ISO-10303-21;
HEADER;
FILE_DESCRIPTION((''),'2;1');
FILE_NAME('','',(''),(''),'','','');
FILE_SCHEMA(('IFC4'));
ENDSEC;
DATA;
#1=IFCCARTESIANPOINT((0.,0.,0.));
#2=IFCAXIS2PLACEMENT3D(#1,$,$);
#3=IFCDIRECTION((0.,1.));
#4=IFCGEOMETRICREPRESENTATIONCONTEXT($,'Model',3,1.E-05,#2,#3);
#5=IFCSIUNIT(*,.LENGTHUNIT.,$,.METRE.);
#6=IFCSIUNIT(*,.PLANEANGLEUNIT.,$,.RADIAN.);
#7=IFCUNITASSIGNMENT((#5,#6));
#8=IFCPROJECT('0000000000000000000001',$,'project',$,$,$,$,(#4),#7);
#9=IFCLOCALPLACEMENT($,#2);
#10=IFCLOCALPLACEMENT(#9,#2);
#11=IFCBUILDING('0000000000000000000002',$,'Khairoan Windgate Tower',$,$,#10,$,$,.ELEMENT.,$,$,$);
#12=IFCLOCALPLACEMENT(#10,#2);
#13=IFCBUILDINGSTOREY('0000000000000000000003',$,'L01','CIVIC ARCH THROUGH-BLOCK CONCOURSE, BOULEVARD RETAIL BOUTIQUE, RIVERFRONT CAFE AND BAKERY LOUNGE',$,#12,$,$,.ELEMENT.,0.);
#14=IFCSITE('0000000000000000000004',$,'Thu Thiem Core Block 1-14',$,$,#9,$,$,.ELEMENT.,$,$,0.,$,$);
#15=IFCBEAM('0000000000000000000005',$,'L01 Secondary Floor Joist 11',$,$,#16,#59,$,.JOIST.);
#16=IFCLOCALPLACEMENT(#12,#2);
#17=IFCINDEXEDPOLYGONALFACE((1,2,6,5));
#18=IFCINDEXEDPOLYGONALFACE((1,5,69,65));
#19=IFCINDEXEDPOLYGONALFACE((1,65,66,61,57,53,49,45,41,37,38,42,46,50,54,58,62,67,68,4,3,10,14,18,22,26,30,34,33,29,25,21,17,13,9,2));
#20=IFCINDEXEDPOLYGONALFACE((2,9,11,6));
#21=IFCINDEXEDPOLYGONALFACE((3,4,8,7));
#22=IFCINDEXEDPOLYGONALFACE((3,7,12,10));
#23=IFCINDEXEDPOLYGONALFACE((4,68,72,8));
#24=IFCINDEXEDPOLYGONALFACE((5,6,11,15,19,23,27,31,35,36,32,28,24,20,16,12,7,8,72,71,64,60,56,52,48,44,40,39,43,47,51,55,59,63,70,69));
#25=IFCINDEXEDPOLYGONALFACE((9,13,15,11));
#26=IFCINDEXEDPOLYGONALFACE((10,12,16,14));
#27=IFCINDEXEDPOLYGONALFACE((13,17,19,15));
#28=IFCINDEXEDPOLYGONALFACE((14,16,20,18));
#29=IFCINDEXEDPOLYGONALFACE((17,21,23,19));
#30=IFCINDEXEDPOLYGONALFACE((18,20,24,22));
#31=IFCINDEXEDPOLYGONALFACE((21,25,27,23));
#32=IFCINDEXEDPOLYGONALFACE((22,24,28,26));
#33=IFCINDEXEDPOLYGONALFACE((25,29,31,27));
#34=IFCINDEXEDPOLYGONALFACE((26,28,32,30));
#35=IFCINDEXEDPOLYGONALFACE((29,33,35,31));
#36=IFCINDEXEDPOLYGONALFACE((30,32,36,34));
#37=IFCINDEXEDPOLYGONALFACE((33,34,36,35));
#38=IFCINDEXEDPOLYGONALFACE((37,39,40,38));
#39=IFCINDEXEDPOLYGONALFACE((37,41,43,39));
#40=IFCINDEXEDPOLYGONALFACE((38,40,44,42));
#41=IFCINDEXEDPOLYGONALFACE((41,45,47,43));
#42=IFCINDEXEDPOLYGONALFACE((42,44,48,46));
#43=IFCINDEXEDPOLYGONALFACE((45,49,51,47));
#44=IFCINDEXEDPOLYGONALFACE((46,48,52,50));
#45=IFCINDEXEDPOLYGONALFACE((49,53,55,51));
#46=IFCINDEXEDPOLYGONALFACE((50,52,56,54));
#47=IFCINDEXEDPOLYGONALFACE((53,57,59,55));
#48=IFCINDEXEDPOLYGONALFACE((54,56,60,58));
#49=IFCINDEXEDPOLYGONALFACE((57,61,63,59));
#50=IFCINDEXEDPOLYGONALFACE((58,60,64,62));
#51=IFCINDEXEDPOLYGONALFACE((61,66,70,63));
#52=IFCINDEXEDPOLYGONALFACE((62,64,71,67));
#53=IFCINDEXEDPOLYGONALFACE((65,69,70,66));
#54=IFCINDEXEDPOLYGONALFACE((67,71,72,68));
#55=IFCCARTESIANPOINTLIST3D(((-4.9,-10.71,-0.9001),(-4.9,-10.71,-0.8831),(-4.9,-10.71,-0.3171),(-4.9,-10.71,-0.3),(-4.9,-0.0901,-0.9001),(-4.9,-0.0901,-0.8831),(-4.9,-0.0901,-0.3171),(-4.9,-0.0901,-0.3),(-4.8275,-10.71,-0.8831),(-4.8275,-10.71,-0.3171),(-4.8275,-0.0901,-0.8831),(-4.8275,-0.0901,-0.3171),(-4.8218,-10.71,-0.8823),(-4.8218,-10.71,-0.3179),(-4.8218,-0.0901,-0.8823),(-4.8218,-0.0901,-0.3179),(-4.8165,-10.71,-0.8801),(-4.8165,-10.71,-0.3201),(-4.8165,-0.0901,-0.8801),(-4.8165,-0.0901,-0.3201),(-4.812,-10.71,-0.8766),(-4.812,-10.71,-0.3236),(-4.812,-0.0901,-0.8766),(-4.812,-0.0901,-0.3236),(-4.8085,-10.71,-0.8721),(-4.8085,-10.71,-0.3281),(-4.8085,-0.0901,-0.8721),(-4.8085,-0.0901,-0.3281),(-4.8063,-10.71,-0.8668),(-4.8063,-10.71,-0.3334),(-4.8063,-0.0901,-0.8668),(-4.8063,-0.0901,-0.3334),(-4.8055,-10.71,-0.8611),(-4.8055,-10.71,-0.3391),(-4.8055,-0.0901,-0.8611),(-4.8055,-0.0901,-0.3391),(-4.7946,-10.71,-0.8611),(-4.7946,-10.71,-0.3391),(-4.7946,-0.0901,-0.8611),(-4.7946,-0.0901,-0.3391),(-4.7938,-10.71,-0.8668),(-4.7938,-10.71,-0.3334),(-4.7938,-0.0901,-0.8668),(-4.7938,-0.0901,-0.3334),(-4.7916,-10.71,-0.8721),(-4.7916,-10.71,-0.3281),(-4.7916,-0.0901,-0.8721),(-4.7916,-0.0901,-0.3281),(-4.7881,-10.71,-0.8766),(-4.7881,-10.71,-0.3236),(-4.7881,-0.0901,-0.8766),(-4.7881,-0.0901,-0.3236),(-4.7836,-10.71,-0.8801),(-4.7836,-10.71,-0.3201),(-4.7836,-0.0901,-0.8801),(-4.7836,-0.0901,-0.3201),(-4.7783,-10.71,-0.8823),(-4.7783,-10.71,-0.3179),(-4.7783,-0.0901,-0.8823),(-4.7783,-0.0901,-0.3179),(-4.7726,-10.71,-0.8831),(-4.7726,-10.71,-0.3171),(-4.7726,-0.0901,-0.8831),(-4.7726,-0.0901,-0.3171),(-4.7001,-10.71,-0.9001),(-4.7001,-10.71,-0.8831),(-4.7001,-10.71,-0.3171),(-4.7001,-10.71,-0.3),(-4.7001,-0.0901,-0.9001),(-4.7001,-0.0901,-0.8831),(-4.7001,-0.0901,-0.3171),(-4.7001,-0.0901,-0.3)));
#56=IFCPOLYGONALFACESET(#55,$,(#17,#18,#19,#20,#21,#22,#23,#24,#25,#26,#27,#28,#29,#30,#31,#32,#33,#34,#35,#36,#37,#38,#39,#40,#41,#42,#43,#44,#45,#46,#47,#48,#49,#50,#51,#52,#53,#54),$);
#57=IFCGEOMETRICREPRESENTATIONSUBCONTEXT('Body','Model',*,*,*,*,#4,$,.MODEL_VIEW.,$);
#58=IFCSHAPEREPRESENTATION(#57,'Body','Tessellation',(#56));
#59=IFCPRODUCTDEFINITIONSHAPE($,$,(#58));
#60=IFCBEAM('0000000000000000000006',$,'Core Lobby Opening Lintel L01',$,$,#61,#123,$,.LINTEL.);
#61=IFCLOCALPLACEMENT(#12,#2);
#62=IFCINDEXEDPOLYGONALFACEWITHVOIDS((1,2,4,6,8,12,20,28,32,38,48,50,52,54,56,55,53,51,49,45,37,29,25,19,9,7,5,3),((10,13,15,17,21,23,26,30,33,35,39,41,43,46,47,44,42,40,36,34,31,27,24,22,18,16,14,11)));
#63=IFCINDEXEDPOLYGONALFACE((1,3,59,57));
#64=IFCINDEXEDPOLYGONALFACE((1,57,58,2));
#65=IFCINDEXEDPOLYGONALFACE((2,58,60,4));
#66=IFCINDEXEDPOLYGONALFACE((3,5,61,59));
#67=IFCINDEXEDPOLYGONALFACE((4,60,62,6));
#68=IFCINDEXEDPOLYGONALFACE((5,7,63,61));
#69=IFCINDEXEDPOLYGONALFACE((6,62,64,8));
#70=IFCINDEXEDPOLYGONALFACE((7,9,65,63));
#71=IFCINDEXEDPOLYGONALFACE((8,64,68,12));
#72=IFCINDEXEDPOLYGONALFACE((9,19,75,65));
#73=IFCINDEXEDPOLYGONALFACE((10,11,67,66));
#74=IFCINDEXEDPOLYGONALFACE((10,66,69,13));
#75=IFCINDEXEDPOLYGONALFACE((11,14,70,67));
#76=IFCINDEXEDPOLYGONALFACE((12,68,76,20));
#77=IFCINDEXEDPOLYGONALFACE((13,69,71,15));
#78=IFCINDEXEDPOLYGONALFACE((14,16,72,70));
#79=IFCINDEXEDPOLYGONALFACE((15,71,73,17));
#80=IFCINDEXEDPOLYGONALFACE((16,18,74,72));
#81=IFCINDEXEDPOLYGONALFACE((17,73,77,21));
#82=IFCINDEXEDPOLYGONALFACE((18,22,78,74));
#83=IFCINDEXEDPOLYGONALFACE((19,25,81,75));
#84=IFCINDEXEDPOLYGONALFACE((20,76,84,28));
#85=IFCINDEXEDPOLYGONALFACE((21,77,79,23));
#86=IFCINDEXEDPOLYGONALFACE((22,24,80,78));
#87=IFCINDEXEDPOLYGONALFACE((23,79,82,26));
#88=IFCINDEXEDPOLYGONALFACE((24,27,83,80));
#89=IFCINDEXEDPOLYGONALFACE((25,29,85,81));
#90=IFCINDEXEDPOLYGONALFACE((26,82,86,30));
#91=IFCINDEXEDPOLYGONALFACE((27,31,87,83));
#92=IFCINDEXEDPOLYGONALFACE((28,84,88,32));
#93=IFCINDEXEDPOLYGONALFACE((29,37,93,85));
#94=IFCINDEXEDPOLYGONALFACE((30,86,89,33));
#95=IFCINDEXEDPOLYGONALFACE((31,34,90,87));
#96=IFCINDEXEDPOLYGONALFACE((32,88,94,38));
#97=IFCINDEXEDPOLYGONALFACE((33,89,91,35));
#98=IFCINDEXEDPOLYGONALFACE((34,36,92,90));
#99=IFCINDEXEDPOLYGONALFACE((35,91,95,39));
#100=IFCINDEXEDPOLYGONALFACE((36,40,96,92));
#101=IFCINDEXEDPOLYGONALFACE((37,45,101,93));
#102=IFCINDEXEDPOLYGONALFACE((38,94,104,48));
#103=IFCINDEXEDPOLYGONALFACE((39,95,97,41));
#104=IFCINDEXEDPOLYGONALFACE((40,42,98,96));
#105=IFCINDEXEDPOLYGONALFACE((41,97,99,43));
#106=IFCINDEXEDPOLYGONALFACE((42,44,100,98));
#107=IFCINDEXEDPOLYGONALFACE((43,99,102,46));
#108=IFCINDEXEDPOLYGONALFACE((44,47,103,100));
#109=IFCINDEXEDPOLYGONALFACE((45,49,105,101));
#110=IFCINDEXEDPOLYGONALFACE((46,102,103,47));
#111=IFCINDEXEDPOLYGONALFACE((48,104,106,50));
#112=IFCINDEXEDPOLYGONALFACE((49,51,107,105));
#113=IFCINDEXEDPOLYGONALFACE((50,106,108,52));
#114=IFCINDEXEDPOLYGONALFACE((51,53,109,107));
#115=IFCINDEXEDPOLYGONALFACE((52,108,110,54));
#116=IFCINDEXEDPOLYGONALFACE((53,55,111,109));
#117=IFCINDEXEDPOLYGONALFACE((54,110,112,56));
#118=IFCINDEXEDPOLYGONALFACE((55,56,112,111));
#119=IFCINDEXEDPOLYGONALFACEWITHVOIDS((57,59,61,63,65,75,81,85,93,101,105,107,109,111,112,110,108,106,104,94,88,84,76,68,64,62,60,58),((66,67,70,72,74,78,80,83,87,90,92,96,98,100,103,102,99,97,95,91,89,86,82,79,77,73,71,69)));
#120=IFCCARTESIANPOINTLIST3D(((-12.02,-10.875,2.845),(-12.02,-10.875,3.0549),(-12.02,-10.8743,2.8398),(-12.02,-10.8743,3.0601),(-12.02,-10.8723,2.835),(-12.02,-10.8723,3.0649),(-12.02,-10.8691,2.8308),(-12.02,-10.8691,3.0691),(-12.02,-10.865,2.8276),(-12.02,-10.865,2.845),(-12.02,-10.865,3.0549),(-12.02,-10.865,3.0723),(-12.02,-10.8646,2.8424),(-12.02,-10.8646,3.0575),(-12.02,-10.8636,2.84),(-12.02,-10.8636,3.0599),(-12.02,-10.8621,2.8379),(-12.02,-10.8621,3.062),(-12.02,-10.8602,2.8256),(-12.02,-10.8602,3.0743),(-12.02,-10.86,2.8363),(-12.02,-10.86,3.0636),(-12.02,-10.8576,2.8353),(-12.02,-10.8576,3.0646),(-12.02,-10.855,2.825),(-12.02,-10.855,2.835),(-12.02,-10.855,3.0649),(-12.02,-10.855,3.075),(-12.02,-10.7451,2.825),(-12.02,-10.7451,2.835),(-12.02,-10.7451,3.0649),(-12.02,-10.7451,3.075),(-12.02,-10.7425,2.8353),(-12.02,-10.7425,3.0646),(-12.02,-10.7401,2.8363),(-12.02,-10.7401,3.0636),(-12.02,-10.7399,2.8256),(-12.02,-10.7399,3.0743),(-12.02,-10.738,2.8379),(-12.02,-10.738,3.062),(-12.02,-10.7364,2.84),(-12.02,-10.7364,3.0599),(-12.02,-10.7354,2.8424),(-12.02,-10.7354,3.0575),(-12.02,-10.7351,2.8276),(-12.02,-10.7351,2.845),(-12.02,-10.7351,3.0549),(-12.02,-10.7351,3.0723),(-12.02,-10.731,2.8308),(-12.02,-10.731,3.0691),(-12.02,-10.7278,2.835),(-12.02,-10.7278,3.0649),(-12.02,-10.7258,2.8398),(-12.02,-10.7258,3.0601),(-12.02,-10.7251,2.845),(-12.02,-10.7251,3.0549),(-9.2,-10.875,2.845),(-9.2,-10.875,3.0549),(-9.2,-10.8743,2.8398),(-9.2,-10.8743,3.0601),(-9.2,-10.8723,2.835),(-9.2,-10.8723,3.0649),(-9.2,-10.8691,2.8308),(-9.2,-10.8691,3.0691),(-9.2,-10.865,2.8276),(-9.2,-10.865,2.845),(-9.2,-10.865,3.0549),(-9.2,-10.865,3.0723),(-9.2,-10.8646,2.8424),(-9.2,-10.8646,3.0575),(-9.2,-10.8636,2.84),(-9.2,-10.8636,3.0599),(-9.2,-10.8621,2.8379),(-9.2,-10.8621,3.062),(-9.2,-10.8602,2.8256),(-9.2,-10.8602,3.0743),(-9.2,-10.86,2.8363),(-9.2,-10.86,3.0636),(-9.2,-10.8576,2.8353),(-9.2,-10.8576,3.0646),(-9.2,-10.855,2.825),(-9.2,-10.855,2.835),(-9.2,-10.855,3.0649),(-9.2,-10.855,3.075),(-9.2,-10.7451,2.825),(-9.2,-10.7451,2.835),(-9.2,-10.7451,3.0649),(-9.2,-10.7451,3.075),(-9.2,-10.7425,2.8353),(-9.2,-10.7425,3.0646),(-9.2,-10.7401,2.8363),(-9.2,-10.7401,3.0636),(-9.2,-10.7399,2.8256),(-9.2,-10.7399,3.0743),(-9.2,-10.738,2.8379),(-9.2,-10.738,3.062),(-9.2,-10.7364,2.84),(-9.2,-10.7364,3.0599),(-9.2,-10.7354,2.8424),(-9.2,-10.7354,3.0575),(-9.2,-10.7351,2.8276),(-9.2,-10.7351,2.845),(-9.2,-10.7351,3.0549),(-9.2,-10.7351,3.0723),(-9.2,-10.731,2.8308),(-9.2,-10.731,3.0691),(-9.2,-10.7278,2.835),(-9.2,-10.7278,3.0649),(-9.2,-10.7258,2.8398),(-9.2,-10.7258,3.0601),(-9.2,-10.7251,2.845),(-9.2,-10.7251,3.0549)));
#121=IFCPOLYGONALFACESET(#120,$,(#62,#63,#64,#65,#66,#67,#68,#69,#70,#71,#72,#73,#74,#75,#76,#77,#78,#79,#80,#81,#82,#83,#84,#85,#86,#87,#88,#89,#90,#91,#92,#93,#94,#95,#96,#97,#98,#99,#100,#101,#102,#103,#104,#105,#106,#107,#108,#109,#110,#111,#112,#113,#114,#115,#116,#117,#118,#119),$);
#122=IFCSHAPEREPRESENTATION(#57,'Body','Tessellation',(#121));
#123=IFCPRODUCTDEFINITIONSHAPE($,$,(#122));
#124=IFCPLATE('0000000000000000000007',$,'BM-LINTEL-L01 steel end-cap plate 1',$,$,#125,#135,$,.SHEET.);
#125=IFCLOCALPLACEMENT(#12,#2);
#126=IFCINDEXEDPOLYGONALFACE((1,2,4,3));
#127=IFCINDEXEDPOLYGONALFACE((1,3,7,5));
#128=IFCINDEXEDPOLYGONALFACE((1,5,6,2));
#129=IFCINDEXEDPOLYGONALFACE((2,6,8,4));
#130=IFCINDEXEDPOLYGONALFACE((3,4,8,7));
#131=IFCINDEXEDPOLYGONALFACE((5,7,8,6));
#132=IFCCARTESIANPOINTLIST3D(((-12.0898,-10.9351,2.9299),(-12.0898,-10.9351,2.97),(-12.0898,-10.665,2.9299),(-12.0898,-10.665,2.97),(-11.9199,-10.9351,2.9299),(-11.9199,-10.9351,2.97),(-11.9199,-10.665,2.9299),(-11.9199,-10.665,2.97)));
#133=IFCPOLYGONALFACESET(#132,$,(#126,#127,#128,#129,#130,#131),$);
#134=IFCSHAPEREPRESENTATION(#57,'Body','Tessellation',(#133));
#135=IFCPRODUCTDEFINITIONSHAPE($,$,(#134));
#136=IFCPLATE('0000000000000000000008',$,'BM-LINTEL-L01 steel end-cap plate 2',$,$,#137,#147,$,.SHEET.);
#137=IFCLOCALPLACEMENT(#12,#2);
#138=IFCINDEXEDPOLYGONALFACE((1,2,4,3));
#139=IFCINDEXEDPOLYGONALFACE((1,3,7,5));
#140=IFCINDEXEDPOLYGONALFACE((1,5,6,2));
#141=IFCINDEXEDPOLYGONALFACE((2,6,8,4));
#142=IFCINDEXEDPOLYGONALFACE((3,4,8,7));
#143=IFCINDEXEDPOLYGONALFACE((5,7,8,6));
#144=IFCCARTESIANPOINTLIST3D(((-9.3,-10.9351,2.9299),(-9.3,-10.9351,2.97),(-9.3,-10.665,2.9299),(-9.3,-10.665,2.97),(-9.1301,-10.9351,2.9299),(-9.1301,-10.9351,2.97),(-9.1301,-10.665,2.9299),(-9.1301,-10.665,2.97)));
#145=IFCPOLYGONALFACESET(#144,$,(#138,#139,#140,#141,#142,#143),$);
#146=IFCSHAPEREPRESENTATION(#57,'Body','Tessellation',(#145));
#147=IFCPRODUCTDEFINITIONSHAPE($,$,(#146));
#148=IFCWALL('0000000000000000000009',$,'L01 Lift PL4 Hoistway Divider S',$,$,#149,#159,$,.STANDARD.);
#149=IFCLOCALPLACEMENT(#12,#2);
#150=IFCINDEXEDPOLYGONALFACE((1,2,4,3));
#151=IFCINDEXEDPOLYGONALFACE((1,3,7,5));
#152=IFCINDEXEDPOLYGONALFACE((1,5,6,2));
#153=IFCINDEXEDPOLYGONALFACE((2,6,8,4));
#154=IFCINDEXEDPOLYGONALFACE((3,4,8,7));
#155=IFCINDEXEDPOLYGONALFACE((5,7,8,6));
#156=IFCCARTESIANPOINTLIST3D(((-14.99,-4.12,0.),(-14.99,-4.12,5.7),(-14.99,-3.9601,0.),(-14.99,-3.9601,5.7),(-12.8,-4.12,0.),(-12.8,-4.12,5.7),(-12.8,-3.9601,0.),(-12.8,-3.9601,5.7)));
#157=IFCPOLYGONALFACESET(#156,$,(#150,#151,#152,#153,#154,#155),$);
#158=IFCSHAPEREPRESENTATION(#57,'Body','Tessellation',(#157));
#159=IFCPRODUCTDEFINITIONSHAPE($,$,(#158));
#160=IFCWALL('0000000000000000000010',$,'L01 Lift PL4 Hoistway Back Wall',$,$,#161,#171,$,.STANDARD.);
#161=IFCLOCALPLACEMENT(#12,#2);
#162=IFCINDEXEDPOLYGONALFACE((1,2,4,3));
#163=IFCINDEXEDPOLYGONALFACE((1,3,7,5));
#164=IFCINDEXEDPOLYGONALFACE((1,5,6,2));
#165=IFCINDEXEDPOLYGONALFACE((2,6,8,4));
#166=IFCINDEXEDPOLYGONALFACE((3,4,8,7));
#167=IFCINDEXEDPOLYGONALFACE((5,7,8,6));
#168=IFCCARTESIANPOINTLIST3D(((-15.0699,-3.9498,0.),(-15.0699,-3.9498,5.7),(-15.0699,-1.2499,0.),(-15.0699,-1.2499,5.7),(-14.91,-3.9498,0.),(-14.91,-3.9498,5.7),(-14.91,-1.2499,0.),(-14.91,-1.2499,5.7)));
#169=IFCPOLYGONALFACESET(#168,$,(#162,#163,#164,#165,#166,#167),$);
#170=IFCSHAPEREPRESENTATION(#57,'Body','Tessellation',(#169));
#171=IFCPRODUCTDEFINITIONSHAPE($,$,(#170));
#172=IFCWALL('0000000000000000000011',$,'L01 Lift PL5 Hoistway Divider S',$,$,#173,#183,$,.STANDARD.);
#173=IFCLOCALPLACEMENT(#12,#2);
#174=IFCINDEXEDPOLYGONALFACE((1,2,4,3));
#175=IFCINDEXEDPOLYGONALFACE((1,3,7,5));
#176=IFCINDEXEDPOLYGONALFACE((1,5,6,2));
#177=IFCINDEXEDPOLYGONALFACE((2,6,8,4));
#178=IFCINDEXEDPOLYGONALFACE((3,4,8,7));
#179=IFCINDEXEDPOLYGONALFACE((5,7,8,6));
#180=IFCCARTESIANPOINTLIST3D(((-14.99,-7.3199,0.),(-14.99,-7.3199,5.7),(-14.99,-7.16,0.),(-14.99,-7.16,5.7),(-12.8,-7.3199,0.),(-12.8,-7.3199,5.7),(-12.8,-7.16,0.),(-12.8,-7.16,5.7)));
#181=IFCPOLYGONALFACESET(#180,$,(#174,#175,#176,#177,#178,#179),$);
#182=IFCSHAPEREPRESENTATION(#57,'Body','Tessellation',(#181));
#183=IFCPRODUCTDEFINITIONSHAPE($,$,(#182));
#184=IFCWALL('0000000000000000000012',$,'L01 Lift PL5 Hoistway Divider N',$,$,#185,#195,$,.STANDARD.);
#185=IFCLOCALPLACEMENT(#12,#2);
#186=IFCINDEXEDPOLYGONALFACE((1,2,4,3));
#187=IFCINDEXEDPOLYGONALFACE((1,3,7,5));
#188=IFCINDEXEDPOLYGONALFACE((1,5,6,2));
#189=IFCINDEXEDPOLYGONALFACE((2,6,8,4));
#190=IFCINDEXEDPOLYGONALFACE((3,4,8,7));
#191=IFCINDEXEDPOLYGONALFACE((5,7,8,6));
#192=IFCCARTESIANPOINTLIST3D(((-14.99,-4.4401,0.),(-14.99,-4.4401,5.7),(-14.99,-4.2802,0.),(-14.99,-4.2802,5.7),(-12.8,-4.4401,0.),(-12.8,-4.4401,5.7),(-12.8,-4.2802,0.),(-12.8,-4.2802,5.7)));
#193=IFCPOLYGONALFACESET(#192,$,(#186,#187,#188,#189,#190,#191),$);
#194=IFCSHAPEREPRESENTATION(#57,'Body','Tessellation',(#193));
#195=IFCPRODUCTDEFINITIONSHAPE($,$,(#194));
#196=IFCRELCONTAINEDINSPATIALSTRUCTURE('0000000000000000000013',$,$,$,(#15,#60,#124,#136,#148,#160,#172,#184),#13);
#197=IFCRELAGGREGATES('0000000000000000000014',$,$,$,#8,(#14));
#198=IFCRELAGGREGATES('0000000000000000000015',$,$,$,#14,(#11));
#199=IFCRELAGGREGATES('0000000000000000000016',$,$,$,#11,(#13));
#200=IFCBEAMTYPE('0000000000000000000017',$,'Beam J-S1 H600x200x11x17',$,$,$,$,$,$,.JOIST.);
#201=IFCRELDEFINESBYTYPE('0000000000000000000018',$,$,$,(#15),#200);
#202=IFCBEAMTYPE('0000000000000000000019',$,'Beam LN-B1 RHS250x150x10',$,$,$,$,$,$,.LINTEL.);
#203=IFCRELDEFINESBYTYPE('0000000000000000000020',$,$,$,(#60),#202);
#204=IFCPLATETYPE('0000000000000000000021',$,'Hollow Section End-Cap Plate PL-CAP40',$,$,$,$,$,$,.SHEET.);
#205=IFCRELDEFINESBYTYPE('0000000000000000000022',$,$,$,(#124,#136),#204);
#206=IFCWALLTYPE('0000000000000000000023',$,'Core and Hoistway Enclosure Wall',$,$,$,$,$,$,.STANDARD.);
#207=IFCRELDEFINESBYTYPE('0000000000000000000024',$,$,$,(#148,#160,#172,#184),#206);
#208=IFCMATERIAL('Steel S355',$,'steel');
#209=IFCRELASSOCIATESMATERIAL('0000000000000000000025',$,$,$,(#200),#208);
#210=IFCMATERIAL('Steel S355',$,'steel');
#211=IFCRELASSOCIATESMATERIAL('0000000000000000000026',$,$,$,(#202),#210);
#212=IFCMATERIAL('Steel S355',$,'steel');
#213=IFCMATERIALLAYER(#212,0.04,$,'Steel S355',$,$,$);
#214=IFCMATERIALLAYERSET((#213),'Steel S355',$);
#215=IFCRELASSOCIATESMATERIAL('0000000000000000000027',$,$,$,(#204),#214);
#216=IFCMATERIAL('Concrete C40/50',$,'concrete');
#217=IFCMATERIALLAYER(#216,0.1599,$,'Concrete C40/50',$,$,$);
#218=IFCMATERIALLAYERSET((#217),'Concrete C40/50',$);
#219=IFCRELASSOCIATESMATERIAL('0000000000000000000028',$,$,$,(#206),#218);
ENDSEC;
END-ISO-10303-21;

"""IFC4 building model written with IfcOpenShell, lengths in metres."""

from ifc_helpers import new_model, si_unit, direction, frame, frame_2d, origin, origin_2d, place, context, subcontext, project, spatial, rectangle, hollow_rectangle, i_section, extrude, material, layer, layer_set, material_profile, profile_set, type_object, element, save


model = new_model("IFC4")

# Units and contexts
model_context = context("Model", 3, precision=1e-05, world=origin(), true_north=direction((0.0, 1.0)))
body_context = subcontext(model_context, "Body", "Model", "MODEL_VIEW")
ifc_project = project(units=[si_unit("LENGTHUNIT", "METRE"), si_unit("PLANEANGLEUNIT", "RADIAN")], contexts=[model_context])

# Site, building, storey
site_placement = place(None, origin())
site = spatial("IfcSite", under=ifc_project, at=site_placement, Name="Thu Thiem Core Block 1-14", CompositionType="ELEMENT", RefElevation=0.0)
building_placement = place(site_placement, origin())
building = spatial("IfcBuilding", under=site, at=building_placement, Name="Khairoan Windgate Tower", CompositionType="ELEMENT")
storey_placement = place(building_placement, origin())
storey = spatial("IfcBuildingStorey", under=building, at=storey_placement, Name="L01", Description="CIVIC ARCH THROUGH-BLOCK CONCOURSE, BOULEVARD RETAIL BOUTIQUE, RIVERFRONT CAFE AND BAKERY LOUNGE", CompositionType="ELEMENT", Elevation=0.0)

# Beams
ifc_material_1 = material(Name="Steel S355", Category="steel")
ifc_material_profile_1 = material_profile(ifc_material_1, i_section(OverallWidth=0.2, OverallDepth=0.6001, WebThickness=0.011, FlangeThickness=0.0171, FilletRadius=0.022, at=origin_2d()))
ifc_profile_set_1 = profile_set([ifc_material_profile_1], Name="Steel S355")
beam_type_1 = type_object("IfcBeamType", Name="Beam J-S1 H600x200x11x17", PredefinedType="JOIST", material=ifc_profile_set_1)
beam_1_placement = place(storey_placement, frame((-4.8, -10.71, -0.6001), z_axis=(0.0, 1.0, 0.0), x_axis=(-1.0, 0.0, 0.0)))
element("IfcBeam", 1, at=beam_1_placement, inside=storey, type_object=beam_type_1, Name="L01 Secondary Floor Joist 11", PredefinedType="JOIST", context=body_context, shape_type="SweptSolid", body=[
    extrude(i_section(OverallWidth=0.2, OverallDepth=0.6001, WebThickness=0.011, FlangeThickness=0.0171, FilletRadius=0.022, at=origin_2d()), origin(), (0.0, 0.0, 1.0), 10.6199),
])
ifc_material_2 = material(Name="Steel S355", Category="steel")
ifc_material_profile_2 = material_profile(ifc_material_2, hollow_rectangle(XDim=0.1499, YDim=0.25, WallThickness=0.01, InnerFilletRadius=0.01, OuterFilletRadius=0.02, at=origin_2d()))
ifc_profile_set_2 = profile_set([ifc_material_profile_2], Name="Steel S355")
beam_type_2 = type_object("IfcBeamType", Name="Beam LN-B1 RHS250x150x10", PredefinedType="LINTEL", material=ifc_profile_set_2)
beam_2_placement = place(storey_placement, frame((-12.02, -10.8, 2.95), z_axis=(1.0, 0.0, 0.0), x_axis=(0.0, 1.0, 0.0)))
element("IfcBeam", 2, at=beam_2_placement, inside=storey, type_object=beam_type_2, Name="Core Lobby Opening Lintel L01", PredefinedType="LINTEL", context=body_context, shape_type="SweptSolid", body=[
    extrude(hollow_rectangle(XDim=0.1499, YDim=0.25, WallThickness=0.01, InnerFilletRadius=0.01, OuterFilletRadius=0.02, at=origin_2d()), origin(), (0.0, 0.0, 1.0), 2.8201),
])

# Plates
ifc_material_3 = material(Name="Steel S355", Category="steel")
ifc_layer_1 = layer(ifc_material_3, 0.04, Name="Steel S355")
ifc_layer_set_1 = layer_set([ifc_layer_1], Name="Steel S355")
plate_type = type_object("IfcPlateType", Name="Hollow Section End-Cap Plate PL-CAP40", PredefinedType="SHEET", material=ifc_layer_set_1)
for number, where, z_axis, x_axis, name in (
    (3, (-12.0049, -10.8, 2.9299), (0.0, 0.0, 1.0), (1.0, 0.0, 0.0), "BM-LINTEL-L01 steel end-cap plate 1"),
    (4, (-9.2151, -10.8, 2.9299), (0.0, 0.0, 1.0), (1.0, 0.0, 0.0), "BM-LINTEL-L01 steel end-cap plate 2"),
):
    element("IfcPlate", number, at=place(storey_placement, frame(where, z_axis=z_axis, x_axis=x_axis)), inside=storey, type_object=plate_type, Name=name, PredefinedType="SHEET", context=body_context, shape_type="SweptSolid", body=[
        extrude(rectangle(XDim=0.1699, YDim=0.27, at=origin_2d()), origin(), (0.0, 0.0, 1.0), 0.04),
    ])

# Walls
ifc_material_4 = material(Name="Concrete C40/50", Category="concrete")
ifc_layer_2 = layer(ifc_material_4, 0.1599, Name="Concrete C40/50")
ifc_layer_set_2 = layer_set([ifc_layer_2], Name="Concrete C40/50")
wall_type = type_object("IfcWallType", Name="Core and Hoistway Enclosure Wall", PredefinedType="STANDARD", material=ifc_layer_set_2)
wall_1_placement = place(storey_placement, frame((-14.99, -4.04, 0.0), z_axis=(0.0, 0.0, 1.0), x_axis=(1.0, 0.0, 0.0)))
element("IfcWall", 5, at=wall_1_placement, inside=storey, type_object=wall_type, Name="L01 Lift PL4 Hoistway Divider S", PredefinedType="STANDARD", context=body_context, shape_type="SweptSolid", body=[
    extrude(rectangle(XDim=2.1899, YDim=0.1599, at=frame_2d((1.095, 0.0))), origin(), (0.0, 0.0, 1.0), 5.7),
])
wall_2_placement = place(storey_placement, frame((-14.99, -3.95, 0.0), z_axis=(0.0, 0.0, 1.0), x_axis=(0.0, 1.0, 0.0)))
element("IfcWall", 6, at=wall_2_placement, inside=storey, type_object=wall_type, Name="L01 Lift PL4 Hoistway Back Wall", PredefinedType="STANDARD", context=body_context, shape_type="SweptSolid", body=[
    extrude(rectangle(XDim=2.7, YDim=0.1599, at=frame_2d((1.3501, 0.0))), origin(), (0.0, 0.0, 1.0), 5.7),
])
for number, where, z_axis, x_axis, name in (
    (7, (-14.99, -7.24, 0.0), (0.0, 0.0, 1.0), (1.0, 0.0, 0.0), "L01 Lift PL5 Hoistway Divider S"),
    (8, (-14.99, -4.3601, 0.0), (0.0, 0.0, 1.0), (1.0, 0.0, 0.0), "L01 Lift PL5 Hoistway Divider N"),
):
    element("IfcWall", number, at=place(storey_placement, frame(where, z_axis=z_axis, x_axis=x_axis)), inside=storey, type_object=wall_type, Name=name, PredefinedType="STANDARD", context=body_context, shape_type="SweptSolid", body=[
        extrude(rectangle(XDim=2.1899, YDim=0.1599, at=frame_2d((1.095, 0.0))), origin(), (0.0, 0.0, 1.0), 5.7),
    ])

save(model, "model.ifc")
